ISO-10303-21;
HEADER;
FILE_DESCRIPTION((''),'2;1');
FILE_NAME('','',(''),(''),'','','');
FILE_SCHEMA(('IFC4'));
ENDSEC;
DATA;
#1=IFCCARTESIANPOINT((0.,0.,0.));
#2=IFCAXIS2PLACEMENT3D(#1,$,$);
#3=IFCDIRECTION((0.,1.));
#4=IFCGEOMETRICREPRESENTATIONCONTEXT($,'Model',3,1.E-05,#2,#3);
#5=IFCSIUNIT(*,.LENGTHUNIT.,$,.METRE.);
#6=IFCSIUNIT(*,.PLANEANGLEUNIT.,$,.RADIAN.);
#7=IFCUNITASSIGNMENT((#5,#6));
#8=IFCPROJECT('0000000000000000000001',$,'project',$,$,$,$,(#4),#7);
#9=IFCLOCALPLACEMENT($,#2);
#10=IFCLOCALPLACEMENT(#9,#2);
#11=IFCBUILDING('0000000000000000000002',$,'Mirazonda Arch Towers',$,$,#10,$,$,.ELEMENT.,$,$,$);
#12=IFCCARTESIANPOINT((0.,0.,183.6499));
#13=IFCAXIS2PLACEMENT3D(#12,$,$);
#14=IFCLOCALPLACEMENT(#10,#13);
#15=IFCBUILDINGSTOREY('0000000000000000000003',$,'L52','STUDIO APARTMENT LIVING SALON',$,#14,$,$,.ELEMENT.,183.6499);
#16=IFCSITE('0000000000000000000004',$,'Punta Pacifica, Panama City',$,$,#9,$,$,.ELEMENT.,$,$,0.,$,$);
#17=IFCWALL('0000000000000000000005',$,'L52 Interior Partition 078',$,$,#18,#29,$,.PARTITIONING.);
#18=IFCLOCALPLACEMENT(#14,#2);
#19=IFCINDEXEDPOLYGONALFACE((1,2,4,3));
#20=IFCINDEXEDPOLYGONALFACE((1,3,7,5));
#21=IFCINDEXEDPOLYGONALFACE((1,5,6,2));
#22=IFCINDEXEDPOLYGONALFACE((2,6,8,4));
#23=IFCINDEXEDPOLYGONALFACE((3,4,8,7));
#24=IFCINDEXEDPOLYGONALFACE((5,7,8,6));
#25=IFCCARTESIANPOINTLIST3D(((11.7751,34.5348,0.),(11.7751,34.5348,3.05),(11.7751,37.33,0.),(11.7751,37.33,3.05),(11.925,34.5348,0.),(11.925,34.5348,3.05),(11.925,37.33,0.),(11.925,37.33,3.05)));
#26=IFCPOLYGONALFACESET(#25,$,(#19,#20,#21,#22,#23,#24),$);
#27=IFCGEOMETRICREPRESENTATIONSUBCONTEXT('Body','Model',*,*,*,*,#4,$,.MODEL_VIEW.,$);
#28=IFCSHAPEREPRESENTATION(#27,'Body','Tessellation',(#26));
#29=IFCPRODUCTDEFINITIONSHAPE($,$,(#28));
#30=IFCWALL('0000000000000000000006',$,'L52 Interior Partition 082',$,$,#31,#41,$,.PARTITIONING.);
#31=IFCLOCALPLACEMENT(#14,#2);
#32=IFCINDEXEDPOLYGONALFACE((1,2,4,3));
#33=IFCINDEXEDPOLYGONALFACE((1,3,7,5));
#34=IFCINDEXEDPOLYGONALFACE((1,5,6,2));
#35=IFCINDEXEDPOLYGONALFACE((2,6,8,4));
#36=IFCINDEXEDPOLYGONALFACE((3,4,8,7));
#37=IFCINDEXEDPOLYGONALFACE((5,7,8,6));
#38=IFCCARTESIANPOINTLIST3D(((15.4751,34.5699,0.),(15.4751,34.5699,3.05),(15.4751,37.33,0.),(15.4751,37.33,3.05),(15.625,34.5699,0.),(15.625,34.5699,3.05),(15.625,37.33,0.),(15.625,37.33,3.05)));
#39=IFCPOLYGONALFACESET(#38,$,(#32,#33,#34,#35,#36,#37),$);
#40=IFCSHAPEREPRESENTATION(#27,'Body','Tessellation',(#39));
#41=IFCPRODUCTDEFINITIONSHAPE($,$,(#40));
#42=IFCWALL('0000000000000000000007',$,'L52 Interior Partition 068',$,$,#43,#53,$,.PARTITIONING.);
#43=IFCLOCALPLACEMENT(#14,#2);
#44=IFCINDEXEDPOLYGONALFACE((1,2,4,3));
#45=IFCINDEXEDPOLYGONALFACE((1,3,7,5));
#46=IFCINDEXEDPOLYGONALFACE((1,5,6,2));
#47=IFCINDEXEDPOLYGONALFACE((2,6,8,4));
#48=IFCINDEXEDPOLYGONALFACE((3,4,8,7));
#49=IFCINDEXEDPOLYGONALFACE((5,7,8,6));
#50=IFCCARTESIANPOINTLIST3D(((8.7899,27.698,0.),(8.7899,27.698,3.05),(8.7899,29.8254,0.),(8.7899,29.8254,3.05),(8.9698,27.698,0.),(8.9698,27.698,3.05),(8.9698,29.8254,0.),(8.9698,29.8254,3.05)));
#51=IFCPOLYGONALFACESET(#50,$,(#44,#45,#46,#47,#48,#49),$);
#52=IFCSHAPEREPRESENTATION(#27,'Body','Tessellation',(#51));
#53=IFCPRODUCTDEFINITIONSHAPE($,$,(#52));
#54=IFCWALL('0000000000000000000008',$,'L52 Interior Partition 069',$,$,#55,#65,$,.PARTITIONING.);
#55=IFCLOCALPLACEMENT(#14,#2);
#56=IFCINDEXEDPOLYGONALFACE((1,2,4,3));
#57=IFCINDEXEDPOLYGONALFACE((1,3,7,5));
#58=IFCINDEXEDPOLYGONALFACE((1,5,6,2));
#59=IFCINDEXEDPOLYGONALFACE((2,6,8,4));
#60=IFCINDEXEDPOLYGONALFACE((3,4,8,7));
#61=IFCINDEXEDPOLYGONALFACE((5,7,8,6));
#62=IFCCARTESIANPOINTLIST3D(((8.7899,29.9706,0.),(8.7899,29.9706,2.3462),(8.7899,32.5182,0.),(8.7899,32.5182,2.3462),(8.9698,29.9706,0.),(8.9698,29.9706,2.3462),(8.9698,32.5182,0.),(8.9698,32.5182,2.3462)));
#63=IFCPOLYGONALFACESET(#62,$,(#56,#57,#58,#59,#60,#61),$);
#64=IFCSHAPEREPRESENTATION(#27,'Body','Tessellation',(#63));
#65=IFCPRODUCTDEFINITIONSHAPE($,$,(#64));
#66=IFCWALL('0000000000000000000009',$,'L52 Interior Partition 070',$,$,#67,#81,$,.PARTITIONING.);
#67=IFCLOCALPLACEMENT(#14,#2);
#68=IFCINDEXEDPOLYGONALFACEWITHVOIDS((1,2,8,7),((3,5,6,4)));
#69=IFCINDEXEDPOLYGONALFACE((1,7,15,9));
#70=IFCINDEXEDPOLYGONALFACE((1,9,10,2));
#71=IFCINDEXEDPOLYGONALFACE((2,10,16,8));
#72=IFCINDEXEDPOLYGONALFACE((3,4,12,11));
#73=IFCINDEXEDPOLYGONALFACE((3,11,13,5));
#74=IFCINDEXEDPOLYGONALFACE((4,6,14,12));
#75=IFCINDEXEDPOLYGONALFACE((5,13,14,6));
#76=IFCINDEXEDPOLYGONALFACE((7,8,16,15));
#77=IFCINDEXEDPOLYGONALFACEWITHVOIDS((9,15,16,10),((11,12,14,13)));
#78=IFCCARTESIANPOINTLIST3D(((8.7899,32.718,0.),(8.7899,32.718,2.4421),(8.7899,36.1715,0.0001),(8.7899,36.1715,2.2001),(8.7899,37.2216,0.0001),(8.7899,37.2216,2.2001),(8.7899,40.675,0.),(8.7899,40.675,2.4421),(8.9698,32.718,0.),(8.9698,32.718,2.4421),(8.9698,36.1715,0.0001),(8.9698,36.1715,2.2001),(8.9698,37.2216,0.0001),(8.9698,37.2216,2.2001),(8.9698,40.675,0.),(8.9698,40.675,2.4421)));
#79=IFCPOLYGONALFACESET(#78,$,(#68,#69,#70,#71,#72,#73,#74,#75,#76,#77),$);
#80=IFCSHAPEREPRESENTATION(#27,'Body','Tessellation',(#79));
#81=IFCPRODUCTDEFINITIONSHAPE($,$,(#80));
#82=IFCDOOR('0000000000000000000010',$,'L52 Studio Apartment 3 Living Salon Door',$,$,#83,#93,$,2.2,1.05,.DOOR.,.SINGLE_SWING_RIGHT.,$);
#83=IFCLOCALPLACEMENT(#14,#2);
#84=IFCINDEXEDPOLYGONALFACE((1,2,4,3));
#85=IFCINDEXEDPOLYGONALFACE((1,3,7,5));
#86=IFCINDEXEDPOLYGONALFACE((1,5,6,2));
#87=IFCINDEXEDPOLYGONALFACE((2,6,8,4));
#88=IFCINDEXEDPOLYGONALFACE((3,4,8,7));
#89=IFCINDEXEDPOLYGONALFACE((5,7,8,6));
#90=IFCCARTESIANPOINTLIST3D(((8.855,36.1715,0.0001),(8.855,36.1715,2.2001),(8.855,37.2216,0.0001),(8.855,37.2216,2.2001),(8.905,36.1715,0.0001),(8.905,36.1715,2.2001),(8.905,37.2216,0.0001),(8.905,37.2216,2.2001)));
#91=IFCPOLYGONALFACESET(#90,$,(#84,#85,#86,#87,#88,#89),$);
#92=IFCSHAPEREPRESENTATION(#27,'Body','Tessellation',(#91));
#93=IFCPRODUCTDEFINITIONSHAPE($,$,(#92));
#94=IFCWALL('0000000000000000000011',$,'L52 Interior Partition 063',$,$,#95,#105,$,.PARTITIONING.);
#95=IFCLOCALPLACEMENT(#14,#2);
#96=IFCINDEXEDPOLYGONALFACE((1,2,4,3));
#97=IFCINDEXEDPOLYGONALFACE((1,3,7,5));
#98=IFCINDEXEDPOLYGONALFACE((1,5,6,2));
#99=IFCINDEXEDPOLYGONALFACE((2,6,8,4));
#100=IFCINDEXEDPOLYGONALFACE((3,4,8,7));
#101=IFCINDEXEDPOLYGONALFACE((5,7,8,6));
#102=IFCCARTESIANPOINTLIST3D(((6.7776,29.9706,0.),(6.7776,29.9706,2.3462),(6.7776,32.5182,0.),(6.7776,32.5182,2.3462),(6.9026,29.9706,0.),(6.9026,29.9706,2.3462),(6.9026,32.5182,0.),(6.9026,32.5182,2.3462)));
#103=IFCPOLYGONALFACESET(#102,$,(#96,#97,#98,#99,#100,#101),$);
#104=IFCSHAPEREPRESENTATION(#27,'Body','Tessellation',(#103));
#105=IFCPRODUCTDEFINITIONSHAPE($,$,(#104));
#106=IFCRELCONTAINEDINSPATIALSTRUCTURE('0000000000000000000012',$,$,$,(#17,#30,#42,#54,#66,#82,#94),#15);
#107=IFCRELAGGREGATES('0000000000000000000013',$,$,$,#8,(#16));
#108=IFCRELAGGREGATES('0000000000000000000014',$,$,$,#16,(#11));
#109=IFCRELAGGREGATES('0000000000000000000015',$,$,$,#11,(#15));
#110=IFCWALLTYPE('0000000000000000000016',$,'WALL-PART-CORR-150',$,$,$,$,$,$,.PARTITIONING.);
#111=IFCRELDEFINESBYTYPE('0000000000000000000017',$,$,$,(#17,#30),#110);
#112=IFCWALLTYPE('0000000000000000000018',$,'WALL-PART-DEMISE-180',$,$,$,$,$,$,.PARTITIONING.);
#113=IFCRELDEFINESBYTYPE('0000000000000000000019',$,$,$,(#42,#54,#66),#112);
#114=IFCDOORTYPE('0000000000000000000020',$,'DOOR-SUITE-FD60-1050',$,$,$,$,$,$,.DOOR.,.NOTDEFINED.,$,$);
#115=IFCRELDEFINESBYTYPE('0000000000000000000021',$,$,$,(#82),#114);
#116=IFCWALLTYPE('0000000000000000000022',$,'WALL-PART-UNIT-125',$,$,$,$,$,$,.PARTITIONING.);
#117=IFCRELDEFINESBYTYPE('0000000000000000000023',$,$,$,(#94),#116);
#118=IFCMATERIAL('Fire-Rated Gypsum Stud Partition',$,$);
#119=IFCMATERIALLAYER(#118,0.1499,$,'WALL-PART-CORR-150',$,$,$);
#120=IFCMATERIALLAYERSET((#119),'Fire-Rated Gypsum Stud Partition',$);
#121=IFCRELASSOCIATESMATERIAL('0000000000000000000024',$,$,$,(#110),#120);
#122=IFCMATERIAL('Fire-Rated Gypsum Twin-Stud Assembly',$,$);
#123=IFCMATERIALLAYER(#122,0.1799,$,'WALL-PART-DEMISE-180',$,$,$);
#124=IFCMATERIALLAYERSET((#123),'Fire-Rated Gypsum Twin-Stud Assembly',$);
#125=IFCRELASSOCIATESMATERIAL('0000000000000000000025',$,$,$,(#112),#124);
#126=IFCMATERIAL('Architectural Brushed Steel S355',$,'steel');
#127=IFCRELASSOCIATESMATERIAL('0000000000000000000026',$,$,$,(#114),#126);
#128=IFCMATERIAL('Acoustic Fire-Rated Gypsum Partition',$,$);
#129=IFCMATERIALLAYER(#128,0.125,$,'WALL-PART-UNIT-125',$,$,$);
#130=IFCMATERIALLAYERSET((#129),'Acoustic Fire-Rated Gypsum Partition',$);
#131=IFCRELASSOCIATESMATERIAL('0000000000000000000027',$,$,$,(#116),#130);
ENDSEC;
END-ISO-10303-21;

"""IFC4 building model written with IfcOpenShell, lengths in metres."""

from ifc_helpers import new_model, si_unit, direction, frame, frame_2d, origin, place, context, subcontext, project, spatial, rectangle, extrude, material, layer, layer_set, type_object, element, fill, save


model = new_model("IFC4")

# Units and contexts
model_context = context("Model", 3, precision=1e-05, world=origin(), true_north=direction((0.0, 1.0)))
body_context = subcontext(model_context, "Body", "Model", "MODEL_VIEW")
ifc_project = project(units=[si_unit("LENGTHUNIT", "METRE"), si_unit("PLANEANGLEUNIT", "RADIAN")], contexts=[model_context])

# Site, building, storey
site_placement = place(None, origin())
site = spatial("IfcSite", under=ifc_project, at=site_placement, Name="Punta Pacifica, Panama City", CompositionType="ELEMENT", RefElevation=0.0)
building_placement = place(site_placement, origin())
building = spatial("IfcBuilding", under=site, at=building_placement, Name="Mirazonda Arch Towers", CompositionType="ELEMENT")
storey_placement = place(building_placement, frame((0.0, 0.0, 183.6499)))
storey = spatial("IfcBuildingStorey", under=building, at=storey_placement, Name="L52", Description="STUDIO APARTMENT LIVING SALON", CompositionType="ELEMENT", Elevation=183.6499)

# Shared definitions
ifc_material_1 = material(Name="Architectural Brushed Steel S355", Category="steel")
ifc_material_2 = material(Name="Fire-Rated Gypsum Stud Partition")
ifc_layer_1 = layer(ifc_material_2, 0.1499, Name="WALL-PART-CORR-150")
ifc_layer_set_1 = layer_set([ifc_layer_1], Name="Fire-Rated Gypsum Stud Partition")
wall_type_1 = type_object("IfcWallType", Name="WALL-PART-CORR-150", PredefinedType="PARTITIONING", material=ifc_layer_set_1)

# Walls
wall_1_placement = place(storey_placement, frame((11.8501, 34.5349, 0.0), z_axis=(0.0, 0.0, 1.0), x_axis=(0.0, 1.0, 0.0)))
element("IfcWall", 1, at=wall_1_placement, inside=storey, type_object=wall_type_1, Name="L52 Interior Partition 078", PredefinedType="PARTITIONING", context=body_context, shape_type="SweptSolid", body=[
    extrude(rectangle(XDim=2.7952, YDim=0.1499, at=frame_2d((1.3975, 0.0))), origin(), (0.0, 0.0, 1.0), 3.05),
])
wall_2_placement = place(storey_placement, frame((15.55, 34.5701, 0.0), z_axis=(0.0, 0.0, 1.0), x_axis=(0.0, 1.0, 0.0)))
element("IfcWall", 2, at=wall_2_placement, inside=storey, type_object=wall_type_1, Name="L52 Interior Partition 082", PredefinedType="PARTITIONING", context=body_context, shape_type="SweptSolid", body=[
    extrude(rectangle(XDim=2.76, YDim=0.1499, at=frame_2d((1.3799, 0.0))), origin(), (0.0, 0.0, 1.0), 3.05),
])
ifc_material_3 = material(Name="Fire-Rated Gypsum Twin-Stud Assembly")
ifc_layer_2 = layer(ifc_material_3, 0.1799, Name="WALL-PART-DEMISE-180")
ifc_layer_set_2 = layer_set([ifc_layer_2], Name="Fire-Rated Gypsum Twin-Stud Assembly")
wall_type_2 = type_object("IfcWallType", Name="WALL-PART-DEMISE-180", PredefinedType="PARTITIONING", material=ifc_layer_set_2)
wall_3_placement = place(storey_placement, frame((8.8799, 27.698, 0.0), z_axis=(0.0, 0.0, 1.0), x_axis=(0.0, 1.0, 0.0)))
element("IfcWall", 3, at=wall_3_placement, inside=storey, type_object=wall_type_2, Name="L52 Interior Partition 068", PredefinedType="PARTITIONING", context=body_context, shape_type="SweptSolid", body=[
    extrude(rectangle(XDim=2.1274, YDim=0.1799, at=frame_2d((1.0637, 0.0))), origin(), (0.0, 0.0, 1.0), 3.05),
])
wall_4_placement = place(storey_placement, frame((8.8799, 29.9705, 0.0), z_axis=(0.0, 0.0, 1.0), x_axis=(0.0, 1.0, 0.0)))
element("IfcWall", 4, at=wall_4_placement, inside=storey, type_object=wall_type_2, Name="L52 Interior Partition 069", PredefinedType="PARTITIONING", context=body_context, shape_type="SweptSolid", body=[
    extrude(rectangle(XDim=2.5476, YDim=0.1799, at=frame_2d((1.2739, 0.0))), origin(), (0.0, 0.0, 1.0), 2.3462),
])

# Wall, opening, door
wall_5_placement = place(storey_placement, frame((8.8799, 32.718, 0.0), z_axis=(0.0, 0.0, 1.0), x_axis=(0.0, 1.0, 0.0)))
wall_5 = element("IfcWall", 5, at=wall_5_placement, inside=storey, type_object=wall_type_2, Name="L52 Interior Partition 070", PredefinedType="PARTITIONING", context=body_context, shape_type="SweptSolid", body=[
    extrude(rectangle(XDim=7.957, YDim=0.1799, at=frame_2d((3.9785, 0.0))), origin(), (0.0, 0.0, 1.0), 2.4421),
])
opening_1_placement = place(wall_5_placement, frame((3.4536, 0.0, 0.0)))
opening_1 = element("IfcOpeningElement", 6, at=opening_1_placement, cuts=wall_5, PredefinedType="OPENING", context=body_context, shape_type="SweptSolid", body=[
    extrude(rectangle(XDim=1.05, YDim=2.2, at=frame_2d((0.5249, 1.1001))), frame((0.0, 0.0999, 0.0), z_axis=(0.0, -1.0, 0.0), x_axis=(1.0, 0.0, 0.0)), (0.0, 0.0, 1.0), 0.2),
])
door_type_1 = type_object("IfcDoorType", Name="DOOR-SUITE-FD60-1050", OperationType="NOTDEFINED", PredefinedType="DOOR", material=ifc_material_1)
door_1_placement = place(opening_1_placement, origin())
door_1 = element("IfcDoor", 7, at=door_1_placement, inside=storey, type_object=door_type_1, Name="L52 Studio Apartment 3 Living Salon Door", OperationType="SINGLE_SWING_RIGHT", OverallHeight=2.2, OverallWidth=1.05, PredefinedType="DOOR", context=body_context, shape_type="SweptSolid", body=[
    extrude(rectangle(XDim=1.05, YDim=2.2, at=frame_2d((0.5249, 1.1001))), frame((0.0, 0.0249, 0.0), z_axis=(0.0, -1.0, 0.0), x_axis=(1.0, 0.0, 0.0)), (0.0, 0.0, 1.0), 0.05),
])
fill(opening_1, door_1)

# Wall
ifc_material_4 = material(Name="Acoustic Fire-Rated Gypsum Partition")
ifc_layer_3 = layer(ifc_material_4, 0.125, Name="WALL-PART-UNIT-125")
ifc_layer_set_3 = layer_set([ifc_layer_3], Name="Acoustic Fire-Rated Gypsum Partition")
wall_type_3 = type_object("IfcWallType", Name="WALL-PART-UNIT-125", PredefinedType="PARTITIONING", material=ifc_layer_set_3)
wall_6_placement = place(storey_placement, frame((6.8401, 29.9705, 0.0), z_axis=(0.0, 0.0, 1.0), x_axis=(0.0, 1.0, 0.0)))
element("IfcWall", 8, at=wall_6_placement, inside=storey, type_object=wall_type_3, Name="L52 Interior Partition 063", PredefinedType="PARTITIONING", context=body_context, shape_type="SweptSolid", body=[
    extrude(rectangle(XDim=2.5476, YDim=0.125, at=frame_2d((1.2739, 0.0))), origin(), (0.0, 0.0, 1.0), 2.3462),
])

save(model, "model.ifc")
